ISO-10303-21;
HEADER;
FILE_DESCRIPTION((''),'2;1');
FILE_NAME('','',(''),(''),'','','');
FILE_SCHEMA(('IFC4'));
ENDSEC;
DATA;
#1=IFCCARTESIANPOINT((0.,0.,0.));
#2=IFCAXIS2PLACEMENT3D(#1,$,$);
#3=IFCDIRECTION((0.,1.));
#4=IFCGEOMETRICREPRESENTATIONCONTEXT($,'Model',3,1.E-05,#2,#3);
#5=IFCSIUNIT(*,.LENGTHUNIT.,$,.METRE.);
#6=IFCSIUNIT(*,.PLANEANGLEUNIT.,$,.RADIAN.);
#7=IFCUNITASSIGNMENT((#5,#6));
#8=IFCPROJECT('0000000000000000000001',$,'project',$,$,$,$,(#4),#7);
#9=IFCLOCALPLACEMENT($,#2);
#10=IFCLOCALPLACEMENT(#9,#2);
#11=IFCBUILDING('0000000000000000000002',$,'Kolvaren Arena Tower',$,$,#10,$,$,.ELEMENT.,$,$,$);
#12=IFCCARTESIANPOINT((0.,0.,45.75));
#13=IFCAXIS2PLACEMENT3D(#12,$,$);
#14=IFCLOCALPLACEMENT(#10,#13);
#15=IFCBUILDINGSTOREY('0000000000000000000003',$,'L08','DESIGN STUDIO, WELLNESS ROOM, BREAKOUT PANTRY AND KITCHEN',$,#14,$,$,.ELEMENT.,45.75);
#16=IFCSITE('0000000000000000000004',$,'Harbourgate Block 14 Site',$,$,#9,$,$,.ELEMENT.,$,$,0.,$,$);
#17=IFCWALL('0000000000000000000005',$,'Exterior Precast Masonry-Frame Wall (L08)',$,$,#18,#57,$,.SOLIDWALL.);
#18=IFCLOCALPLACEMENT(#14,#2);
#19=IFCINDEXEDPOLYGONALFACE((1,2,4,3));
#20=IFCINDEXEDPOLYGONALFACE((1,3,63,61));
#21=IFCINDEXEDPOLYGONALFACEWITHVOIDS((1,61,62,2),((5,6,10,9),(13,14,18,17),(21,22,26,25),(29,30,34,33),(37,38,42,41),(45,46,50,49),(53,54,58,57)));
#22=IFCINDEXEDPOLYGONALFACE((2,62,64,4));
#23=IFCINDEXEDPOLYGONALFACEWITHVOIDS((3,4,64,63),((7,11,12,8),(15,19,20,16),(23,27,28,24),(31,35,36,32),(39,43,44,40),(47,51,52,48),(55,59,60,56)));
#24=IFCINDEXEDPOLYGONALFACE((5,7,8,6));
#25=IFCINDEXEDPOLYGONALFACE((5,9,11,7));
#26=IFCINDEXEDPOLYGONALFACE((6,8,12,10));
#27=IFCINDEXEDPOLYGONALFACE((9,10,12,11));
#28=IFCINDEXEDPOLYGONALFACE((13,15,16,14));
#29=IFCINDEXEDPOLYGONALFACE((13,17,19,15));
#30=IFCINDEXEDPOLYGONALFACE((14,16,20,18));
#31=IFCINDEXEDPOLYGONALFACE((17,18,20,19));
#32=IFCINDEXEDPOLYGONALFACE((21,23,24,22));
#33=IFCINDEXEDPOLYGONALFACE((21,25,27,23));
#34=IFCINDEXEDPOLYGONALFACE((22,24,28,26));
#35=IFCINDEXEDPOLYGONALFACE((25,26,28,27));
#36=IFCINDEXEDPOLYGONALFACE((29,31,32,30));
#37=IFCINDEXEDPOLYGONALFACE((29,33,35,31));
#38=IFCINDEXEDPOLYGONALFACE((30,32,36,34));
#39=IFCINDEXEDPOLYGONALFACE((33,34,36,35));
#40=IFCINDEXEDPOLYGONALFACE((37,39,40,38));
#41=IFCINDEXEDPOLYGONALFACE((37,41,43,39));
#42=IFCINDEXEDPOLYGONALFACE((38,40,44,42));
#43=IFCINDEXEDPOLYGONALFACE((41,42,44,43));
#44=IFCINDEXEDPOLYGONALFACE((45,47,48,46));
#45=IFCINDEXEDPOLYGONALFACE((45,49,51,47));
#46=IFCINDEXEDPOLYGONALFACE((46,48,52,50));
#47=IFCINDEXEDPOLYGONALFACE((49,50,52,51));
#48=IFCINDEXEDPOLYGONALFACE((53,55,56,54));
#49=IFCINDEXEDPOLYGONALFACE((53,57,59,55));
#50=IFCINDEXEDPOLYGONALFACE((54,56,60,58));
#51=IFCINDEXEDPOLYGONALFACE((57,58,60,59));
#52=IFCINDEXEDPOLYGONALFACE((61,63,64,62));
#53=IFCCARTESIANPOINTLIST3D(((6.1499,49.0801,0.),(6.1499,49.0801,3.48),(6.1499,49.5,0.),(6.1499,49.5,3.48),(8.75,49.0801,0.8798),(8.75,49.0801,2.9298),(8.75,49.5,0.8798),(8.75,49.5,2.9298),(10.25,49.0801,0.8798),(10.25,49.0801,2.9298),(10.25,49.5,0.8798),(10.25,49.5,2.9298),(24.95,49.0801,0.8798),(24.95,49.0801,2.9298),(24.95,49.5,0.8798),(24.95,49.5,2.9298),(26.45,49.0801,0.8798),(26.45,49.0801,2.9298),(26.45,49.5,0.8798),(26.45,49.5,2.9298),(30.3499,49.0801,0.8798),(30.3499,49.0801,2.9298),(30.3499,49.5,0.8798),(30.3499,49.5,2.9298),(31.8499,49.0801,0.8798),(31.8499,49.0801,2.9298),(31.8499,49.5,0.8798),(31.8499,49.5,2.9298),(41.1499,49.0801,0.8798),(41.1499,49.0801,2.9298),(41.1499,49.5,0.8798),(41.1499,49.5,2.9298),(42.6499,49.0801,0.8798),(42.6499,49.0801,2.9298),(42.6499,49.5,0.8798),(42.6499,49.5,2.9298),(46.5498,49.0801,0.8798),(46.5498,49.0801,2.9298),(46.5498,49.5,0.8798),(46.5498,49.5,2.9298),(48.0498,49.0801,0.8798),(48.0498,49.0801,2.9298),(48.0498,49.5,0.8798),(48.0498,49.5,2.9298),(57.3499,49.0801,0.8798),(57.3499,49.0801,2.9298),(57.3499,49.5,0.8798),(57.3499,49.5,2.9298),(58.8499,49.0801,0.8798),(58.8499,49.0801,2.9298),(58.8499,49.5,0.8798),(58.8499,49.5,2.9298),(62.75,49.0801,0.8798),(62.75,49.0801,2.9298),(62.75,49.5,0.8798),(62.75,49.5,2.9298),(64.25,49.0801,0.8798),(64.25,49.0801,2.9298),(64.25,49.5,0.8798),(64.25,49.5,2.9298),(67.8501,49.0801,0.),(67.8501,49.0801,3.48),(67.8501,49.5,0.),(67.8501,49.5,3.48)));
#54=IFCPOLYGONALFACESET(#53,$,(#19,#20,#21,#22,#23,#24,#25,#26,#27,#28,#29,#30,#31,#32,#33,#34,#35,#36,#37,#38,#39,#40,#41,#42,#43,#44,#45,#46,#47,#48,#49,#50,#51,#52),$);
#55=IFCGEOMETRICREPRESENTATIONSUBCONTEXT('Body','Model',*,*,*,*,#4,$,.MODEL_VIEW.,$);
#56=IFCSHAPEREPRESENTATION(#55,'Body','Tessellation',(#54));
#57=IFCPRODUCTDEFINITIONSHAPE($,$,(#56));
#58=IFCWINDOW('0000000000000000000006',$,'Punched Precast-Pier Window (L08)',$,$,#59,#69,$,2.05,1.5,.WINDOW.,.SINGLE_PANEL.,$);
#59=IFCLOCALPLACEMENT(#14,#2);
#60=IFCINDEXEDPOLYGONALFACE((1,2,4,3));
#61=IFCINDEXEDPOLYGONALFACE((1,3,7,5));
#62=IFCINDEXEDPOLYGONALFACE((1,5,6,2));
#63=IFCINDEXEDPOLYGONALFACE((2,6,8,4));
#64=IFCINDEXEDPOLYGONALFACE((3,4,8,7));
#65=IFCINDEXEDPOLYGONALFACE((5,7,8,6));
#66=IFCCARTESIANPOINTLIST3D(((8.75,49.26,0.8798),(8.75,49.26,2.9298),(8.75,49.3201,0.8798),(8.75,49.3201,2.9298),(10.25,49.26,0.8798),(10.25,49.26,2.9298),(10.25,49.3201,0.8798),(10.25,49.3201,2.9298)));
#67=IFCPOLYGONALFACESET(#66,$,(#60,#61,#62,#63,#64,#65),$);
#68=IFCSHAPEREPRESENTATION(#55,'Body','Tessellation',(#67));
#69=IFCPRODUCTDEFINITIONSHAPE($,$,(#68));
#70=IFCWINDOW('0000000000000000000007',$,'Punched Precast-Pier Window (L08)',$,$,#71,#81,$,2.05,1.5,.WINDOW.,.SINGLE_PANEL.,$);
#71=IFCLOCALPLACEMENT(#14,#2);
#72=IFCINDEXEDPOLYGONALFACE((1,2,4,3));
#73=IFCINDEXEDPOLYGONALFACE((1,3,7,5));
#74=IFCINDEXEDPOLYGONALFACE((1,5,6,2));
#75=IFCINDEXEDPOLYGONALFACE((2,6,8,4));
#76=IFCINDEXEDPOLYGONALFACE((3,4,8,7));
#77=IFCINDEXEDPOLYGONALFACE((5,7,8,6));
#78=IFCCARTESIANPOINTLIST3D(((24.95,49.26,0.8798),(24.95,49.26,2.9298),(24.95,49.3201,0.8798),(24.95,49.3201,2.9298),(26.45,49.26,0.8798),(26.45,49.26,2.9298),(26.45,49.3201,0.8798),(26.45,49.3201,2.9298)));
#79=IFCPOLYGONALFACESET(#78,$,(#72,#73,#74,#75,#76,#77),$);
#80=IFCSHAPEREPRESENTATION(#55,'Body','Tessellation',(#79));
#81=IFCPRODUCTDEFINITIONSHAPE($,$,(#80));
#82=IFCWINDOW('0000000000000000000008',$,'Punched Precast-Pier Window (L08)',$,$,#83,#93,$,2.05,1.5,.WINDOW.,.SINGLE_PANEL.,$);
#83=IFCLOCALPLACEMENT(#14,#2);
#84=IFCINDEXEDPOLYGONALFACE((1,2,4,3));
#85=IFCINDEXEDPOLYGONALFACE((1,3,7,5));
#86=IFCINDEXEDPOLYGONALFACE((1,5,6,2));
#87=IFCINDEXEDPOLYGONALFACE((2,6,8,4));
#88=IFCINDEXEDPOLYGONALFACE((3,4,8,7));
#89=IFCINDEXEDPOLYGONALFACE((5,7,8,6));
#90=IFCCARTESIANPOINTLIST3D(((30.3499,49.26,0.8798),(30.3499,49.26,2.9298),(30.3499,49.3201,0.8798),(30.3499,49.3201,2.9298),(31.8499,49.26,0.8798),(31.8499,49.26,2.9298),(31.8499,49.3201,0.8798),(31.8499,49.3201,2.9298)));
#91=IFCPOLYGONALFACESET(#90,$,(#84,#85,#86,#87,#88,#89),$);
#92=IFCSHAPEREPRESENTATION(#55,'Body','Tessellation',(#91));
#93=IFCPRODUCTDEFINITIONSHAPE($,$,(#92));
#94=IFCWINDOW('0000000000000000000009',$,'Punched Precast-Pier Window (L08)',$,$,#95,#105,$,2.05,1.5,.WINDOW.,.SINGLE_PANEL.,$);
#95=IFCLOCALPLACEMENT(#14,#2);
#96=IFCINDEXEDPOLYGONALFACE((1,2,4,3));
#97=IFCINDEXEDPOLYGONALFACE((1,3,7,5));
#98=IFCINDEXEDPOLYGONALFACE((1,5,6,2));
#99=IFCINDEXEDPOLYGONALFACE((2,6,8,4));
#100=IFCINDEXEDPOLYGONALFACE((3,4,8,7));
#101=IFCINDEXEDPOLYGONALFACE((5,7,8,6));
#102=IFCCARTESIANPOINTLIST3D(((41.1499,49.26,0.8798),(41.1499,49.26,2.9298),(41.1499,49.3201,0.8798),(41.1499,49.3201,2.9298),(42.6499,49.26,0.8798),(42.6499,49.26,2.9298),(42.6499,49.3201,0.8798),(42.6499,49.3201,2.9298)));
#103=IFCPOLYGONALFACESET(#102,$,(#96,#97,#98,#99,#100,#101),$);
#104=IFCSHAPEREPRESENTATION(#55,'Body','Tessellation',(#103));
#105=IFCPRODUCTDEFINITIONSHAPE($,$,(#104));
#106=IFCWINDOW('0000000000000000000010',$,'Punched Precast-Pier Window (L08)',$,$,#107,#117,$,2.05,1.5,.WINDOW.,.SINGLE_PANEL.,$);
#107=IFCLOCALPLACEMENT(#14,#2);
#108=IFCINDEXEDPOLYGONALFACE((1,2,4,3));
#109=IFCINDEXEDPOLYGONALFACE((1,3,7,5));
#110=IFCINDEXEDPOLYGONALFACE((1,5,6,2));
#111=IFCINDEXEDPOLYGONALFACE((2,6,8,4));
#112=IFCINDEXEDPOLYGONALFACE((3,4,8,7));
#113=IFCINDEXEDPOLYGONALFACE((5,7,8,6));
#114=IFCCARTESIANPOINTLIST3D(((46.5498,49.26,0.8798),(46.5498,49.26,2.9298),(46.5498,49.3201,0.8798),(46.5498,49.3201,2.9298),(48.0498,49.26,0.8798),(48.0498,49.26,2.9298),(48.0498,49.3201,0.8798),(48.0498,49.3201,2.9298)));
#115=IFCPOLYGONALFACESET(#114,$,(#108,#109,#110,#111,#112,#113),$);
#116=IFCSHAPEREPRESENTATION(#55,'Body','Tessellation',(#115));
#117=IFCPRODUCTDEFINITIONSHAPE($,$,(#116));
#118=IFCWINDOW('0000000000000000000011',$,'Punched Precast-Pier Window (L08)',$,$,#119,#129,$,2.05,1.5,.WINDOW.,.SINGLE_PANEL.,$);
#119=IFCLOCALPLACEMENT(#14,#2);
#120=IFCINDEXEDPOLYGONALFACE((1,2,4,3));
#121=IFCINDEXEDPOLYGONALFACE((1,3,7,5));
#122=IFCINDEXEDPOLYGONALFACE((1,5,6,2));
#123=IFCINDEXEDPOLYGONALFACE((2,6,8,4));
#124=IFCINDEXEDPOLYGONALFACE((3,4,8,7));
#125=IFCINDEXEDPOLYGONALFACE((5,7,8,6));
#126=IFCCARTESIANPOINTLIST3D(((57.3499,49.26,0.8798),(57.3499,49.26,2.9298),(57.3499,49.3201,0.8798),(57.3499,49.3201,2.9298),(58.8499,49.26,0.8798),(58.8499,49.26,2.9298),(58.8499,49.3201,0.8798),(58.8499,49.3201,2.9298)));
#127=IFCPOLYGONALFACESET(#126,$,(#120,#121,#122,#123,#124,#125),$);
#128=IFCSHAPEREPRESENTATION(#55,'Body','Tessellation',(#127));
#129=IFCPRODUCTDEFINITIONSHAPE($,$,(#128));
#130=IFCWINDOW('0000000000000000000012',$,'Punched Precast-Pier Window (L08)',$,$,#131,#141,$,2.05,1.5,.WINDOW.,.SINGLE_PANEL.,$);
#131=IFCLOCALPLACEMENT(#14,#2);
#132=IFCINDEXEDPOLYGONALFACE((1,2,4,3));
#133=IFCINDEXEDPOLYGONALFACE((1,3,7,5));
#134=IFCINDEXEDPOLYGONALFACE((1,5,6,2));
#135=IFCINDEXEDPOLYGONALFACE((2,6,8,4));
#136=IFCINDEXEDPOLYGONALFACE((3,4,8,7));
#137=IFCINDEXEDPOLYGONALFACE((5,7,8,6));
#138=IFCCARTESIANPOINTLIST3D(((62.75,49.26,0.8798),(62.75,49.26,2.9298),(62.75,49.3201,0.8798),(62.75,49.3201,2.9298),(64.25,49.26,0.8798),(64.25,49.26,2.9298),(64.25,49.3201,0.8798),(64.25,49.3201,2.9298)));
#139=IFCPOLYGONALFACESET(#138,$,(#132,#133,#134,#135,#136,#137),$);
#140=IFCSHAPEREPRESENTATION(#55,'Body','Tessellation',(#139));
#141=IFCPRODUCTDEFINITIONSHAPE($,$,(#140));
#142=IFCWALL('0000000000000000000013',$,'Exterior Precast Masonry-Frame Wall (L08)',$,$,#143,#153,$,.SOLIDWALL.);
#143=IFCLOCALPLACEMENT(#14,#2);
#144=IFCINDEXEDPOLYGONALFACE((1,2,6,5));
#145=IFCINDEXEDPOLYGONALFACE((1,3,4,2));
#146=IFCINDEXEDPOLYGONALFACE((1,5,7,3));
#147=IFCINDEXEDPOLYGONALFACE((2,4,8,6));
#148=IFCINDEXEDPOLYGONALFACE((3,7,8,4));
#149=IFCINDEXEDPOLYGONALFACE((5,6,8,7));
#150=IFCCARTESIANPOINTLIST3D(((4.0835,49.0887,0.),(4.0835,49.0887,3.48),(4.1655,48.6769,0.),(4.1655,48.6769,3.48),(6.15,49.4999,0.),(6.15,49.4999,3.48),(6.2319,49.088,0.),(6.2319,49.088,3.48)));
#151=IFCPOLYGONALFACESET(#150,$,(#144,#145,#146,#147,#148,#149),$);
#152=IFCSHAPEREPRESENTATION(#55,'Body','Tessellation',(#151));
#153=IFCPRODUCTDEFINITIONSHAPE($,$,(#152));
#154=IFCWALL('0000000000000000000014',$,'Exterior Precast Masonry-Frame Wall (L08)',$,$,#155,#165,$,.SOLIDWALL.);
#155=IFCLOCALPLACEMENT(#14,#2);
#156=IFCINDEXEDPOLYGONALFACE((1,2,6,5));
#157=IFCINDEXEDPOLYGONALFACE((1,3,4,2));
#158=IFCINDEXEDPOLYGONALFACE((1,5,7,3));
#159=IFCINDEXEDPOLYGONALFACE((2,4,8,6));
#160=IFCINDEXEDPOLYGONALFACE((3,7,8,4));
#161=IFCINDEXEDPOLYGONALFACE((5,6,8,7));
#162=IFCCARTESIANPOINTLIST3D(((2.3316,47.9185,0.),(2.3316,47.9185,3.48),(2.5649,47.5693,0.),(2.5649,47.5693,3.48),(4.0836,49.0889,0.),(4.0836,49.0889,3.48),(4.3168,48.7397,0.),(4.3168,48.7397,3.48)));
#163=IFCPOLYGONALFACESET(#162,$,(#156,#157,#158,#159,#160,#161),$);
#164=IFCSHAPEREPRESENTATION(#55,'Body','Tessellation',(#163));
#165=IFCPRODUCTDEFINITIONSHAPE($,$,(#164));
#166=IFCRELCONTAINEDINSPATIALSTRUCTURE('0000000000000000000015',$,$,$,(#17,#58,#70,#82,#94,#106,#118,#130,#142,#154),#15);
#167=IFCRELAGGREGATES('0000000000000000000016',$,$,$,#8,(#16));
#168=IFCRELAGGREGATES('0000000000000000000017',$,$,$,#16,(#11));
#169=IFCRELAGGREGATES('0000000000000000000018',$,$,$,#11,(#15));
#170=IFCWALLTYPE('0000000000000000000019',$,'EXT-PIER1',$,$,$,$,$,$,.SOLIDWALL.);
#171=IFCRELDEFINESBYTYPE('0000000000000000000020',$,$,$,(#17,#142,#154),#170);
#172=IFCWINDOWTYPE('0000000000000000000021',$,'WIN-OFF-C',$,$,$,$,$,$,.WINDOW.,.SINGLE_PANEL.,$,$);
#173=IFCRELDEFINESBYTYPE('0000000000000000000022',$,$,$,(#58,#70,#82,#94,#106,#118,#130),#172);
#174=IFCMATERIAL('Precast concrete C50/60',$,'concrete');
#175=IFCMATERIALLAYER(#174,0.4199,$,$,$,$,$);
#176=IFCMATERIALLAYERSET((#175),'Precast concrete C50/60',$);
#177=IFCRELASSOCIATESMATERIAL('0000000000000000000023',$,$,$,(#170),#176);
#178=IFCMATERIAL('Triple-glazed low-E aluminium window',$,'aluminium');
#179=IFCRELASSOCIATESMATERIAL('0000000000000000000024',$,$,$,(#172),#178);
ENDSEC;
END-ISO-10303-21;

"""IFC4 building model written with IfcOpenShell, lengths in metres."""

from ifc_helpers import new_model, si_unit, direction, frame, frame_2d, origin, place, context, subcontext, project, spatial, rectangle, extrude, material, layer, layer_set, type_object, element, fill, save


model = new_model("IFC4")

# Units and contexts
model_context = context("Model", 3, precision=1e-05, world=origin(), true_north=direction((0.0, 1.0)))
body_context = subcontext(model_context, "Body", "Model", "MODEL_VIEW")
ifc_project = project(units=[si_unit("LENGTHUNIT", "METRE"), si_unit("PLANEANGLEUNIT", "RADIAN")], contexts=[model_context])

# Site, building, storey
site_placement = place(None, origin())
site = spatial("IfcSite", under=ifc_project, at=site_placement, Name="Harbourgate Block 14 Site", CompositionType="ELEMENT", RefElevation=0.0)
building_placement = place(site_placement, origin())
building = spatial("IfcBuilding", under=site, at=building_placement, Name="Kolvaren Arena Tower", CompositionType="ELEMENT")
storey_placement = place(building_placement, frame((0.0, 0.0, 45.75)))
storey = spatial("IfcBuildingStorey", under=building, at=storey_placement, Name="L08", Description="DESIGN STUDIO, WELLNESS ROOM, BREAKOUT PANTRY AND KITCHEN", CompositionType="ELEMENT", Elevation=45.75)

# Wall, openings, windows
ifc_material_1 = material(Name="Precast concrete C50/60", Category="concrete")
ifc_layer_1 = layer(ifc_material_1, 0.4199)
ifc_layer_set_1 = layer_set([ifc_layer_1], Name="Precast concrete C50/60")
wall_type_1 = type_object("IfcWallType", Name="EXT-PIER1", PredefinedType="SOLIDWALL", material=ifc_layer_set_1)
wall_1_placement = place(storey_placement, frame((6.1499, 49.29, 0.0), z_axis=(0.0, 0.0, 1.0), x_axis=(1.0, 0.0, 0.0)))
wall_1 = element("IfcWall", 1, at=wall_1_placement, inside=storey, type_object=wall_type_1, Name="Exterior Precast Masonry-Frame Wall (L08)", PredefinedType="SOLIDWALL", context=body_context, shape_type="SweptSolid", body=[
    extrude(rectangle(XDim=61.7002, YDim=0.4199, at=frame_2d((30.8501, 0.0))), origin(), (0.0, 0.0, 1.0), 3.48),
])
opening_1_placement = place(wall_1_placement, frame((2.6001, 0.0, 0.8799)))
opening_1 = element("IfcOpeningElement", 2, at=opening_1_placement, cuts=wall_1, PredefinedType="OPENING", context=body_context, shape_type="SweptSolid", body=[
    extrude(rectangle(XDim=1.5, YDim=2.05, at=frame_2d((0.75, 1.0249))), frame((0.0, 0.22, 0.0), z_axis=(0.0, -1.0, 0.0), x_axis=(1.0, 0.0, 0.0)), (0.0, 0.0, 1.0), 0.4399),
])
opening_2_placement = place(wall_1_placement, frame((18.8, 0.0, 0.8799)))
opening_2 = element("IfcOpeningElement", 3, at=opening_2_placement, cuts=wall_1, PredefinedType="OPENING", context=body_context, shape_type="SweptSolid", body=[
    extrude(rectangle(XDim=1.5, YDim=2.05, at=frame_2d((0.75, 1.0249))), frame((0.0, 0.22, 0.0), z_axis=(0.0, -1.0, 0.0), x_axis=(1.0, 0.0, 0.0)), (0.0, 0.0, 1.0), 0.4399),
])
opening_3_placement = place(wall_1_placement, frame((24.2, 0.0, 0.8799)))
opening_3 = element("IfcOpeningElement", 4, at=opening_3_placement, cuts=wall_1, PredefinedType="OPENING", context=body_context, shape_type="SweptSolid", body=[
    extrude(rectangle(XDim=1.5, YDim=2.05, at=frame_2d((0.75, 1.0249))), frame((0.0, 0.22, 0.0), z_axis=(0.0, -1.0, 0.0), x_axis=(1.0, 0.0, 0.0)), (0.0, 0.0, 1.0), 0.4399),
])
opening_4_placement = place(wall_1_placement, frame((35.0, 0.0, 0.8799)))
opening_4 = element("IfcOpeningElement", 5, at=opening_4_placement, cuts=wall_1, PredefinedType="OPENING", context=body_context, shape_type="SweptSolid", body=[
    extrude(rectangle(XDim=1.5, YDim=2.05, at=frame_2d((0.75, 1.0249))), frame((0.0, 0.22, 0.0), z_axis=(0.0, -1.0, 0.0), x_axis=(1.0, 0.0, 0.0)), (0.0, 0.0, 1.0), 0.4399),
])
opening_5_placement = place(wall_1_placement, frame((40.3999, 0.0, 0.8799)))
opening_5 = element("IfcOpeningElement", 6, at=opening_5_placement, cuts=wall_1, PredefinedType="OPENING", context=body_context, shape_type="SweptSolid", body=[
    extrude(rectangle(XDim=1.5, YDim=2.05, at=frame_2d((0.75, 1.0249))), frame((0.0, 0.22, 0.0), z_axis=(0.0, -1.0, 0.0), x_axis=(1.0, 0.0, 0.0)), (0.0, 0.0, 1.0), 0.4399),
])
opening_6_placement = place(wall_1_placement, frame((51.2, 0.0, 0.8799)))
opening_6 = element("IfcOpeningElement", 7, at=opening_6_placement, cuts=wall_1, PredefinedType="OPENING", context=body_context, shape_type="SweptSolid", body=[
    extrude(rectangle(XDim=1.5, YDim=2.05, at=frame_2d((0.75, 1.0249))), frame((0.0, 0.22, 0.0), z_axis=(0.0, -1.0, 0.0), x_axis=(1.0, 0.0, 0.0)), (0.0, 0.0, 1.0), 0.4399),
])
opening_7_placement = place(wall_1_placement, frame((56.6001, 0.0, 0.8799)))
opening_7 = element("IfcOpeningElement", 8, at=opening_7_placement, cuts=wall_1, PredefinedType="OPENING", context=body_context, shape_type="SweptSolid", body=[
    extrude(rectangle(XDim=1.5, YDim=2.05, at=frame_2d((0.75, 1.0249))), frame((0.0, 0.22, 0.0), z_axis=(0.0, -1.0, 0.0), x_axis=(1.0, 0.0, 0.0)), (0.0, 0.0, 1.0), 0.4399),
])
ifc_material_2 = material(Name="Triple-glazed low-E aluminium window", Category="aluminium")
window_type = type_object("IfcWindowType", Name="WIN-OFF-C", PartitioningType="SINGLE_PANEL", PredefinedType="WINDOW", material=ifc_material_2)
window_1_placement = place(opening_1_placement, origin())
window_1 = element("IfcWindow", 9, at=window_1_placement, inside=storey, type_object=window_type, Name="Punched Precast-Pier Window (L08)", OverallHeight=2.05, OverallWidth=1.5, PartitioningType="SINGLE_PANEL", PredefinedType="WINDOW", context=body_context, shape_type="SweptSolid", body=[
    extrude(rectangle(XDim=1.5, YDim=2.05, at=frame_2d((0.75, 1.0249))), frame((0.0, 0.03, 0.0), z_axis=(0.0, -1.0, 0.0), x_axis=(1.0, 0.0, 0.0)), (0.0, 0.0, 1.0), 0.0601),
])
fill(opening_1, window_1)
window_2_placement = place(opening_2_placement, origin())
window_2 = element("IfcWindow", 10, at=window_2_placement, inside=storey, type_object=window_type, Name="Punched Precast-Pier Window (L08)", OverallHeight=2.05, OverallWidth=1.5, PartitioningType="SINGLE_PANEL", PredefinedType="WINDOW", context=body_context, shape_type="SweptSolid", body=[
    extrude(rectangle(XDim=1.5, YDim=2.05, at=frame_2d((0.75, 1.0249))), frame((0.0, 0.03, 0.0), z_axis=(0.0, -1.0, 0.0), x_axis=(1.0, 0.0, 0.0)), (0.0, 0.0, 1.0), 0.0601),
])
fill(opening_2, window_2)
window_3_placement = place(opening_3_placement, origin())
window_3 = element("IfcWindow", 11, at=window_3_placement, inside=storey, type_object=window_type, Name="Punched Precast-Pier Window (L08)", OverallHeight=2.05, OverallWidth=1.5, PartitioningType="SINGLE_PANEL", PredefinedType="WINDOW", context=body_context, shape_type="SweptSolid", body=[
    extrude(rectangle(XDim=1.5, YDim=2.05, at=frame_2d((0.75, 1.0249))), frame((0.0, 0.03, 0.0), z_axis=(0.0, -1.0, 0.0), x_axis=(1.0, 0.0, 0.0)), (0.0, 0.0, 1.0), 0.0601),
])
fill(opening_3, window_3)
window_4_placement = place(opening_4_placement, origin())
window_4 = element("IfcWindow", 12, at=window_4_placement, inside=storey, type_object=window_type, Name="Punched Precast-Pier Window (L08)", OverallHeight=2.05, OverallWidth=1.5, PartitioningType="SINGLE_PANEL", PredefinedType="WINDOW", context=body_context, shape_type="SweptSolid", body=[
    extrude(rectangle(XDim=1.5, YDim=2.05, at=frame_2d((0.75, 1.0249))), frame((0.0, 0.03, 0.0), z_axis=(0.0, -1.0, 0.0), x_axis=(1.0, 0.0, 0.0)), (0.0, 0.0, 1.0), 0.0601),
])
fill(opening_4, window_4)
window_5_placement = place(opening_5_placement, origin())
window_5 = element("IfcWindow", 13, at=window_5_placement, inside=storey, type_object=window_type, Name="Punched Precast-Pier Window (L08)", OverallHeight=2.05, OverallWidth=1.5, PartitioningType="SINGLE_PANEL", PredefinedType="WINDOW", context=body_context, shape_type="SweptSolid", body=[
    extrude(rectangle(XDim=1.5, YDim=2.05, at=frame_2d((0.75, 1.0249))), frame((0.0, 0.03, 0.0), z_axis=(0.0, -1.0, 0.0), x_axis=(1.0, 0.0, 0.0)), (0.0, 0.0, 1.0), 0.0601),
])
fill(opening_5, window_5)
window_6_placement = place(opening_6_placement, origin())
window_6 = element("IfcWindow", 14, at=window_6_placement, inside=storey, type_object=window_type, Name="Punched Precast-Pier Window (L08)", OverallHeight=2.05, OverallWidth=1.5, PartitioningType="SINGLE_PANEL", PredefinedType="WINDOW", context=body_context, shape_type="SweptSolid", body=[
    extrude(rectangle(XDim=1.5, YDim=2.05, at=frame_2d((0.75, 1.0249))), frame((0.0, 0.03, 0.0), z_axis=(0.0, -1.0, 0.0), x_axis=(1.0, 0.0, 0.0)), (0.0, 0.0, 1.0), 0.0601),
])
fill(opening_6, window_6)
window_7_placement = place(opening_7_placement, origin())
window_7 = element("IfcWindow", 15, at=window_7_placement, inside=storey, type_object=window_type, Name="Punched Precast-Pier Window (L08)", OverallHeight=2.05, OverallWidth=1.5, PartitioningType="SINGLE_PANEL", PredefinedType="WINDOW", context=body_context, shape_type="SweptSolid", body=[
    extrude(rectangle(XDim=1.5, YDim=2.05, at=frame_2d((0.75, 1.0249))), frame((0.0, 0.03, 0.0), z_axis=(0.0, -1.0, 0.0), x_axis=(1.0, 0.0, 0.0)), (0.0, 0.0, 1.0), 0.0601),
])
fill(opening_7, window_7)

# Walls
for number, where, z_axis, x_axis, name in (
    (16, (4.1245, 48.8828, 0.0), (0.0, 0.0, 1.0), (0.980776, 0.195136, 0.0), "Exterior Precast Masonry-Frame Wall (L08)"),
    (17, (2.4482, 47.7439, 0.0), (0.0, 0.0, 1.0), (0.831515, 0.555502, 0.0), "Exterior Precast Masonry-Frame Wall (L08)"),
):
    element("IfcWall", number, at=place(storey_placement, frame(where, z_axis=z_axis, x_axis=x_axis)), inside=storey, type_object=wall_type_1, Name=name, PredefinedType="SOLIDWALL", context=body_context, shape_type="SweptSolid", body=[
        extrude(rectangle(XDim=2.1069, YDim=0.4199, at=frame_2d((1.0535, 0.0))), origin(), (0.0, 0.0, 1.0), 3.48),
    ])

save(model, "model.ifc")
